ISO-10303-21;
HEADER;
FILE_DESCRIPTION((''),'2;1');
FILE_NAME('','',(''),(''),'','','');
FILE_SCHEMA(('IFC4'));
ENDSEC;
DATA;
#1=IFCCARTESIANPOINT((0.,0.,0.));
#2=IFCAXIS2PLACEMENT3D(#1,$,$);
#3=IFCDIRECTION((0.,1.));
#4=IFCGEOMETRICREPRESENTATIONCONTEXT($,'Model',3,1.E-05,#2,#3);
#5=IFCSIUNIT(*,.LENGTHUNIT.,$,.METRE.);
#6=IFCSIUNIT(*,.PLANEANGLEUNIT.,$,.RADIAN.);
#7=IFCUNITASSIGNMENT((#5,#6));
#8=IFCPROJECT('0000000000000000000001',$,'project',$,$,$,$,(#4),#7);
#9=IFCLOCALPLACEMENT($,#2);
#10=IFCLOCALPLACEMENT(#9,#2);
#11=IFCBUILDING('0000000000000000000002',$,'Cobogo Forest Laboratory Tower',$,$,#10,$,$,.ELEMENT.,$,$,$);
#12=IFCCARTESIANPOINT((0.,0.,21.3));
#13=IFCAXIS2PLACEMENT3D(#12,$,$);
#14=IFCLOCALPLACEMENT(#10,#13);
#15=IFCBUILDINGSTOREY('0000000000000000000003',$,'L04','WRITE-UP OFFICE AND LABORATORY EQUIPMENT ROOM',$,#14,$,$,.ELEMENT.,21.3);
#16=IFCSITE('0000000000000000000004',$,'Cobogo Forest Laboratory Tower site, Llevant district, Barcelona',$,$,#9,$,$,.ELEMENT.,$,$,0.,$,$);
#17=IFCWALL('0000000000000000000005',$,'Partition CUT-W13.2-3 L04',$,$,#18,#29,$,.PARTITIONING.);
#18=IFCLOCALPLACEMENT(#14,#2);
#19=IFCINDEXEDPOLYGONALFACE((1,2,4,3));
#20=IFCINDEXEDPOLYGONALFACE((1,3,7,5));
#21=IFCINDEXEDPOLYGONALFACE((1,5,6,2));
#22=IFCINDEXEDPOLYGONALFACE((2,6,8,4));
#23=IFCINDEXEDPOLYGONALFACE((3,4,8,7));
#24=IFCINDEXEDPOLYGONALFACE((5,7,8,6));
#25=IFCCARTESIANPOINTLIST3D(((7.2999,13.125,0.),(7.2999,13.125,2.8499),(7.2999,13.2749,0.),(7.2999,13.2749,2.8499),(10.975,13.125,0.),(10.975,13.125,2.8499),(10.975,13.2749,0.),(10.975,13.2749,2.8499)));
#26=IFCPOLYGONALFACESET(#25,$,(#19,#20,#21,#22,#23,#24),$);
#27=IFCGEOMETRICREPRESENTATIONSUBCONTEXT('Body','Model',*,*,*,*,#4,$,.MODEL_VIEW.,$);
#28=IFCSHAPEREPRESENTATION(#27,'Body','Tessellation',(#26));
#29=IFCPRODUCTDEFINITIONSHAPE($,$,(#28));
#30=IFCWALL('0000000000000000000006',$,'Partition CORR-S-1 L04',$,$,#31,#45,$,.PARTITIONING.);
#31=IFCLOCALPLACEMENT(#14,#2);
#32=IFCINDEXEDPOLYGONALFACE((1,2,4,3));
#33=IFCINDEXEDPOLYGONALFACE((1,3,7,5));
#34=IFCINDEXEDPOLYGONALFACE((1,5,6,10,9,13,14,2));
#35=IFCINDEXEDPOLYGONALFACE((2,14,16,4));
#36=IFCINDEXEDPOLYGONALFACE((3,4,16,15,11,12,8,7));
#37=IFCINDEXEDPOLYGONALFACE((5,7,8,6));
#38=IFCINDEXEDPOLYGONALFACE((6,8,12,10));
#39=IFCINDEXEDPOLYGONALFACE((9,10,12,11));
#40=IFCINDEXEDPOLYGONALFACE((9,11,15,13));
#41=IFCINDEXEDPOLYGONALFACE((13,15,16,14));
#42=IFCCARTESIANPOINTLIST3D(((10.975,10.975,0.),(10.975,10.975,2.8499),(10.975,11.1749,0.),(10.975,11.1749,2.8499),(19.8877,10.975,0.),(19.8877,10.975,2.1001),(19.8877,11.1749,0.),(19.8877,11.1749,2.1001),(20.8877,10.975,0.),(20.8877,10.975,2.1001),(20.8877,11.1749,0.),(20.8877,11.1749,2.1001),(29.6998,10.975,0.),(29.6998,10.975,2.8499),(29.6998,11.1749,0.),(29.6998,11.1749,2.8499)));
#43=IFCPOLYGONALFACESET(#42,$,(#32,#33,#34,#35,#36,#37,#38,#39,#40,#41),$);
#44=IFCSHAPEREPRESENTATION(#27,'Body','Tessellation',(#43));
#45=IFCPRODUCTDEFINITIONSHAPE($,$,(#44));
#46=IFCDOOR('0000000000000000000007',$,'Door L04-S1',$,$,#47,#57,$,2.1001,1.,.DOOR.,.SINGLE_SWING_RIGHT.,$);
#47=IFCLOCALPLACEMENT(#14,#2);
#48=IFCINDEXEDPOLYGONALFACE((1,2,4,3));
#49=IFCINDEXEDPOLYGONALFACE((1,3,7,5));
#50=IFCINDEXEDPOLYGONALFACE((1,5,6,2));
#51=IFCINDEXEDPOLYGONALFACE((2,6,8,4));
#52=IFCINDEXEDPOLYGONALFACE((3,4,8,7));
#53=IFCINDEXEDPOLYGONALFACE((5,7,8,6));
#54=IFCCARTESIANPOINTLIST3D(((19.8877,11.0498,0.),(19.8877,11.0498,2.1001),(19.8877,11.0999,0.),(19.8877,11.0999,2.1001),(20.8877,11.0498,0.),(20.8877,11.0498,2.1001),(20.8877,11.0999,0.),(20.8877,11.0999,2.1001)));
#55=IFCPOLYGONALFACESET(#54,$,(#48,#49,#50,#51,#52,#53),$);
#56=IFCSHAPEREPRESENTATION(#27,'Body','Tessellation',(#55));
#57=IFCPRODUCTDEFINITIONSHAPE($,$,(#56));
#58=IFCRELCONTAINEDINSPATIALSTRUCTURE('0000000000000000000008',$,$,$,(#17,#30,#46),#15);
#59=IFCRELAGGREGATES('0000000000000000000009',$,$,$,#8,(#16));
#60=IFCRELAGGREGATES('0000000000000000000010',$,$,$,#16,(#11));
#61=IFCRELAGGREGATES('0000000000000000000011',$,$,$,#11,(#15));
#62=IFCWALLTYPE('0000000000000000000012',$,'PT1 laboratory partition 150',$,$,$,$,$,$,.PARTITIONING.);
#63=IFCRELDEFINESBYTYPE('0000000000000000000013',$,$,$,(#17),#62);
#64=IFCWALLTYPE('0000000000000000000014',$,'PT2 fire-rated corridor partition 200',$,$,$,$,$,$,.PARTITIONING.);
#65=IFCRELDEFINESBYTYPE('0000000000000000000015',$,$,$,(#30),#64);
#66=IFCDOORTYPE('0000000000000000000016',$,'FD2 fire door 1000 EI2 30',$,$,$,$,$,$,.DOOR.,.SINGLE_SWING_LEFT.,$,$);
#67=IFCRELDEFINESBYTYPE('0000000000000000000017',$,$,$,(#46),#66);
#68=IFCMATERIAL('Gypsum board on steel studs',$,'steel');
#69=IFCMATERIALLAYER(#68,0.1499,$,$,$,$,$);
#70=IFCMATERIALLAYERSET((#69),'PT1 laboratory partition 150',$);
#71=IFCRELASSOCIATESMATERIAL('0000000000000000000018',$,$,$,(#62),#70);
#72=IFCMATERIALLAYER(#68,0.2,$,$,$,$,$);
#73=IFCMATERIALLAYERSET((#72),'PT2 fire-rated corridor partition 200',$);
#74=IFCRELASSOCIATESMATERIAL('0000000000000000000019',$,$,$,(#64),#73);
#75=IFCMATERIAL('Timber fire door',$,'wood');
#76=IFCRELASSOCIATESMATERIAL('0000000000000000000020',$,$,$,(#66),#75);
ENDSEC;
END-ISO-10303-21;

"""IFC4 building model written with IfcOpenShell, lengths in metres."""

from ifc_helpers import new_model, si_unit, direction, frame, frame_2d, origin, place, context, subcontext, project, spatial, rectangle, extrude, material, layer, layer_set, type_object, element, fill, save


model = new_model("IFC4")

# Units and contexts
model_context = context("Model", 3, precision=1e-05, world=origin(), true_north=direction((0.0, 1.0)))
body_context = subcontext(model_context, "Body", "Model", "MODEL_VIEW")
ifc_project = project(units=[si_unit("LENGTHUNIT", "METRE"), si_unit("PLANEANGLEUNIT", "RADIAN")], contexts=[model_context])

# Site, building, storey
site_placement = place(None, origin())
site = spatial("IfcSite", under=ifc_project, at=site_placement, Name="Cobogo Forest Laboratory Tower site, Llevant district, Barcelona", CompositionType="ELEMENT", RefElevation=0.0)
building_placement = place(site_placement, origin())
building = spatial("IfcBuilding", under=site, at=building_placement, Name="Cobogo Forest Laboratory Tower", CompositionType="ELEMENT")
storey_placement = place(building_placement, frame((0.0, 0.0, 21.3)))
storey = spatial("IfcBuildingStorey", under=building, at=storey_placement, Name="L04", Description="WRITE-UP OFFICE AND LABORATORY EQUIPMENT ROOM", CompositionType="ELEMENT", Elevation=21.3)

# Wall
ifc_material_1 = material(Name="Gypsum board on steel studs", Category="steel")
ifc_layer_1 = layer(ifc_material_1, 0.1499)
ifc_layer_set_1 = layer_set([ifc_layer_1], Name="PT1 laboratory partition 150")
wall_type_1 = type_object("IfcWallType", Name="PT1 laboratory partition 150", PredefinedType="PARTITIONING", material=ifc_layer_set_1)
wall_1_placement = place(storey_placement, frame((7.3, 13.2, 0.0), z_axis=(0.0, 0.0, 1.0), x_axis=(1.0, 0.0, 0.0)))
element("IfcWall", 1, at=wall_1_placement, inside=storey, type_object=wall_type_1, Name="Partition CUT-W13.2-3 L04", PredefinedType="PARTITIONING", context=body_context, shape_type="SweptSolid", body=[
    extrude(rectangle(XDim=3.675, YDim=0.1499, at=frame_2d((1.8374, 0.0))), origin(), (0.0, 0.0, 1.0), 2.8499),
])

# Wall, opening, door
ifc_layer_2 = layer(ifc_material_1, 0.2)
ifc_layer_set_2 = layer_set([ifc_layer_2], Name="PT2 fire-rated corridor partition 200")
wall_type_2 = type_object("IfcWallType", Name="PT2 fire-rated corridor partition 200", PredefinedType="PARTITIONING", material=ifc_layer_set_2)
wall_2_placement = place(storey_placement, frame((10.9751, 11.075, 0.0), z_axis=(0.0, 0.0, 1.0), x_axis=(1.0, 0.0, 0.0)))
wall_2 = element("IfcWall", 2, at=wall_2_placement, inside=storey, type_object=wall_type_2, Name="Partition CORR-S-1 L04", PredefinedType="PARTITIONING", context=body_context, shape_type="SweptSolid", body=[
    extrude(rectangle(XDim=18.7249, YDim=0.2, at=frame_2d((9.3623, 0.0))), origin(), (0.0, 0.0, 1.0), 2.8499),
])
opening_1_placement = place(wall_2_placement, frame((8.9126, 0.0, 0.0)))
opening_1 = element("IfcOpeningElement", 3, at=opening_1_placement, cuts=wall_2, PredefinedType="OPENING", context=body_context, shape_type="SweptSolid", body=[
    extrude(rectangle(XDim=1.0, YDim=2.1001, at=frame_2d((0.5, 1.05))), frame((0.0, 0.1099, 0.0), z_axis=(0.0, -1.0, 0.0), x_axis=(1.0, 0.0, 0.0)), (0.0, 0.0, 1.0), 0.22),
])
ifc_material_2 = material(Name="Timber fire door", Category="wood")
door_type_1 = type_object("IfcDoorType", Name="FD2 fire door 1000 EI2 30", OperationType="SINGLE_SWING_LEFT", PredefinedType="DOOR", material=ifc_material_2)
door_1_placement = place(opening_1_placement, origin())
door_1 = element("IfcDoor", 4, at=door_1_placement, inside=storey, type_object=door_type_1, Name="Door L04-S1", OperationType="SINGLE_SWING_RIGHT", OverallHeight=2.1001, OverallWidth=1.0, PredefinedType="DOOR", context=body_context, shape_type="SweptSolid", body=[
    extrude(rectangle(XDim=1.0, YDim=2.1001, at=frame_2d((0.5, 1.05))), frame((0.0, 0.0249, 0.0), z_axis=(0.0, -1.0, 0.0), x_axis=(1.0, 0.0, 0.0)), (0.0, 0.0, 1.0), 0.05),
])
fill(opening_1, door_1)

save(model, "model.ifc")
